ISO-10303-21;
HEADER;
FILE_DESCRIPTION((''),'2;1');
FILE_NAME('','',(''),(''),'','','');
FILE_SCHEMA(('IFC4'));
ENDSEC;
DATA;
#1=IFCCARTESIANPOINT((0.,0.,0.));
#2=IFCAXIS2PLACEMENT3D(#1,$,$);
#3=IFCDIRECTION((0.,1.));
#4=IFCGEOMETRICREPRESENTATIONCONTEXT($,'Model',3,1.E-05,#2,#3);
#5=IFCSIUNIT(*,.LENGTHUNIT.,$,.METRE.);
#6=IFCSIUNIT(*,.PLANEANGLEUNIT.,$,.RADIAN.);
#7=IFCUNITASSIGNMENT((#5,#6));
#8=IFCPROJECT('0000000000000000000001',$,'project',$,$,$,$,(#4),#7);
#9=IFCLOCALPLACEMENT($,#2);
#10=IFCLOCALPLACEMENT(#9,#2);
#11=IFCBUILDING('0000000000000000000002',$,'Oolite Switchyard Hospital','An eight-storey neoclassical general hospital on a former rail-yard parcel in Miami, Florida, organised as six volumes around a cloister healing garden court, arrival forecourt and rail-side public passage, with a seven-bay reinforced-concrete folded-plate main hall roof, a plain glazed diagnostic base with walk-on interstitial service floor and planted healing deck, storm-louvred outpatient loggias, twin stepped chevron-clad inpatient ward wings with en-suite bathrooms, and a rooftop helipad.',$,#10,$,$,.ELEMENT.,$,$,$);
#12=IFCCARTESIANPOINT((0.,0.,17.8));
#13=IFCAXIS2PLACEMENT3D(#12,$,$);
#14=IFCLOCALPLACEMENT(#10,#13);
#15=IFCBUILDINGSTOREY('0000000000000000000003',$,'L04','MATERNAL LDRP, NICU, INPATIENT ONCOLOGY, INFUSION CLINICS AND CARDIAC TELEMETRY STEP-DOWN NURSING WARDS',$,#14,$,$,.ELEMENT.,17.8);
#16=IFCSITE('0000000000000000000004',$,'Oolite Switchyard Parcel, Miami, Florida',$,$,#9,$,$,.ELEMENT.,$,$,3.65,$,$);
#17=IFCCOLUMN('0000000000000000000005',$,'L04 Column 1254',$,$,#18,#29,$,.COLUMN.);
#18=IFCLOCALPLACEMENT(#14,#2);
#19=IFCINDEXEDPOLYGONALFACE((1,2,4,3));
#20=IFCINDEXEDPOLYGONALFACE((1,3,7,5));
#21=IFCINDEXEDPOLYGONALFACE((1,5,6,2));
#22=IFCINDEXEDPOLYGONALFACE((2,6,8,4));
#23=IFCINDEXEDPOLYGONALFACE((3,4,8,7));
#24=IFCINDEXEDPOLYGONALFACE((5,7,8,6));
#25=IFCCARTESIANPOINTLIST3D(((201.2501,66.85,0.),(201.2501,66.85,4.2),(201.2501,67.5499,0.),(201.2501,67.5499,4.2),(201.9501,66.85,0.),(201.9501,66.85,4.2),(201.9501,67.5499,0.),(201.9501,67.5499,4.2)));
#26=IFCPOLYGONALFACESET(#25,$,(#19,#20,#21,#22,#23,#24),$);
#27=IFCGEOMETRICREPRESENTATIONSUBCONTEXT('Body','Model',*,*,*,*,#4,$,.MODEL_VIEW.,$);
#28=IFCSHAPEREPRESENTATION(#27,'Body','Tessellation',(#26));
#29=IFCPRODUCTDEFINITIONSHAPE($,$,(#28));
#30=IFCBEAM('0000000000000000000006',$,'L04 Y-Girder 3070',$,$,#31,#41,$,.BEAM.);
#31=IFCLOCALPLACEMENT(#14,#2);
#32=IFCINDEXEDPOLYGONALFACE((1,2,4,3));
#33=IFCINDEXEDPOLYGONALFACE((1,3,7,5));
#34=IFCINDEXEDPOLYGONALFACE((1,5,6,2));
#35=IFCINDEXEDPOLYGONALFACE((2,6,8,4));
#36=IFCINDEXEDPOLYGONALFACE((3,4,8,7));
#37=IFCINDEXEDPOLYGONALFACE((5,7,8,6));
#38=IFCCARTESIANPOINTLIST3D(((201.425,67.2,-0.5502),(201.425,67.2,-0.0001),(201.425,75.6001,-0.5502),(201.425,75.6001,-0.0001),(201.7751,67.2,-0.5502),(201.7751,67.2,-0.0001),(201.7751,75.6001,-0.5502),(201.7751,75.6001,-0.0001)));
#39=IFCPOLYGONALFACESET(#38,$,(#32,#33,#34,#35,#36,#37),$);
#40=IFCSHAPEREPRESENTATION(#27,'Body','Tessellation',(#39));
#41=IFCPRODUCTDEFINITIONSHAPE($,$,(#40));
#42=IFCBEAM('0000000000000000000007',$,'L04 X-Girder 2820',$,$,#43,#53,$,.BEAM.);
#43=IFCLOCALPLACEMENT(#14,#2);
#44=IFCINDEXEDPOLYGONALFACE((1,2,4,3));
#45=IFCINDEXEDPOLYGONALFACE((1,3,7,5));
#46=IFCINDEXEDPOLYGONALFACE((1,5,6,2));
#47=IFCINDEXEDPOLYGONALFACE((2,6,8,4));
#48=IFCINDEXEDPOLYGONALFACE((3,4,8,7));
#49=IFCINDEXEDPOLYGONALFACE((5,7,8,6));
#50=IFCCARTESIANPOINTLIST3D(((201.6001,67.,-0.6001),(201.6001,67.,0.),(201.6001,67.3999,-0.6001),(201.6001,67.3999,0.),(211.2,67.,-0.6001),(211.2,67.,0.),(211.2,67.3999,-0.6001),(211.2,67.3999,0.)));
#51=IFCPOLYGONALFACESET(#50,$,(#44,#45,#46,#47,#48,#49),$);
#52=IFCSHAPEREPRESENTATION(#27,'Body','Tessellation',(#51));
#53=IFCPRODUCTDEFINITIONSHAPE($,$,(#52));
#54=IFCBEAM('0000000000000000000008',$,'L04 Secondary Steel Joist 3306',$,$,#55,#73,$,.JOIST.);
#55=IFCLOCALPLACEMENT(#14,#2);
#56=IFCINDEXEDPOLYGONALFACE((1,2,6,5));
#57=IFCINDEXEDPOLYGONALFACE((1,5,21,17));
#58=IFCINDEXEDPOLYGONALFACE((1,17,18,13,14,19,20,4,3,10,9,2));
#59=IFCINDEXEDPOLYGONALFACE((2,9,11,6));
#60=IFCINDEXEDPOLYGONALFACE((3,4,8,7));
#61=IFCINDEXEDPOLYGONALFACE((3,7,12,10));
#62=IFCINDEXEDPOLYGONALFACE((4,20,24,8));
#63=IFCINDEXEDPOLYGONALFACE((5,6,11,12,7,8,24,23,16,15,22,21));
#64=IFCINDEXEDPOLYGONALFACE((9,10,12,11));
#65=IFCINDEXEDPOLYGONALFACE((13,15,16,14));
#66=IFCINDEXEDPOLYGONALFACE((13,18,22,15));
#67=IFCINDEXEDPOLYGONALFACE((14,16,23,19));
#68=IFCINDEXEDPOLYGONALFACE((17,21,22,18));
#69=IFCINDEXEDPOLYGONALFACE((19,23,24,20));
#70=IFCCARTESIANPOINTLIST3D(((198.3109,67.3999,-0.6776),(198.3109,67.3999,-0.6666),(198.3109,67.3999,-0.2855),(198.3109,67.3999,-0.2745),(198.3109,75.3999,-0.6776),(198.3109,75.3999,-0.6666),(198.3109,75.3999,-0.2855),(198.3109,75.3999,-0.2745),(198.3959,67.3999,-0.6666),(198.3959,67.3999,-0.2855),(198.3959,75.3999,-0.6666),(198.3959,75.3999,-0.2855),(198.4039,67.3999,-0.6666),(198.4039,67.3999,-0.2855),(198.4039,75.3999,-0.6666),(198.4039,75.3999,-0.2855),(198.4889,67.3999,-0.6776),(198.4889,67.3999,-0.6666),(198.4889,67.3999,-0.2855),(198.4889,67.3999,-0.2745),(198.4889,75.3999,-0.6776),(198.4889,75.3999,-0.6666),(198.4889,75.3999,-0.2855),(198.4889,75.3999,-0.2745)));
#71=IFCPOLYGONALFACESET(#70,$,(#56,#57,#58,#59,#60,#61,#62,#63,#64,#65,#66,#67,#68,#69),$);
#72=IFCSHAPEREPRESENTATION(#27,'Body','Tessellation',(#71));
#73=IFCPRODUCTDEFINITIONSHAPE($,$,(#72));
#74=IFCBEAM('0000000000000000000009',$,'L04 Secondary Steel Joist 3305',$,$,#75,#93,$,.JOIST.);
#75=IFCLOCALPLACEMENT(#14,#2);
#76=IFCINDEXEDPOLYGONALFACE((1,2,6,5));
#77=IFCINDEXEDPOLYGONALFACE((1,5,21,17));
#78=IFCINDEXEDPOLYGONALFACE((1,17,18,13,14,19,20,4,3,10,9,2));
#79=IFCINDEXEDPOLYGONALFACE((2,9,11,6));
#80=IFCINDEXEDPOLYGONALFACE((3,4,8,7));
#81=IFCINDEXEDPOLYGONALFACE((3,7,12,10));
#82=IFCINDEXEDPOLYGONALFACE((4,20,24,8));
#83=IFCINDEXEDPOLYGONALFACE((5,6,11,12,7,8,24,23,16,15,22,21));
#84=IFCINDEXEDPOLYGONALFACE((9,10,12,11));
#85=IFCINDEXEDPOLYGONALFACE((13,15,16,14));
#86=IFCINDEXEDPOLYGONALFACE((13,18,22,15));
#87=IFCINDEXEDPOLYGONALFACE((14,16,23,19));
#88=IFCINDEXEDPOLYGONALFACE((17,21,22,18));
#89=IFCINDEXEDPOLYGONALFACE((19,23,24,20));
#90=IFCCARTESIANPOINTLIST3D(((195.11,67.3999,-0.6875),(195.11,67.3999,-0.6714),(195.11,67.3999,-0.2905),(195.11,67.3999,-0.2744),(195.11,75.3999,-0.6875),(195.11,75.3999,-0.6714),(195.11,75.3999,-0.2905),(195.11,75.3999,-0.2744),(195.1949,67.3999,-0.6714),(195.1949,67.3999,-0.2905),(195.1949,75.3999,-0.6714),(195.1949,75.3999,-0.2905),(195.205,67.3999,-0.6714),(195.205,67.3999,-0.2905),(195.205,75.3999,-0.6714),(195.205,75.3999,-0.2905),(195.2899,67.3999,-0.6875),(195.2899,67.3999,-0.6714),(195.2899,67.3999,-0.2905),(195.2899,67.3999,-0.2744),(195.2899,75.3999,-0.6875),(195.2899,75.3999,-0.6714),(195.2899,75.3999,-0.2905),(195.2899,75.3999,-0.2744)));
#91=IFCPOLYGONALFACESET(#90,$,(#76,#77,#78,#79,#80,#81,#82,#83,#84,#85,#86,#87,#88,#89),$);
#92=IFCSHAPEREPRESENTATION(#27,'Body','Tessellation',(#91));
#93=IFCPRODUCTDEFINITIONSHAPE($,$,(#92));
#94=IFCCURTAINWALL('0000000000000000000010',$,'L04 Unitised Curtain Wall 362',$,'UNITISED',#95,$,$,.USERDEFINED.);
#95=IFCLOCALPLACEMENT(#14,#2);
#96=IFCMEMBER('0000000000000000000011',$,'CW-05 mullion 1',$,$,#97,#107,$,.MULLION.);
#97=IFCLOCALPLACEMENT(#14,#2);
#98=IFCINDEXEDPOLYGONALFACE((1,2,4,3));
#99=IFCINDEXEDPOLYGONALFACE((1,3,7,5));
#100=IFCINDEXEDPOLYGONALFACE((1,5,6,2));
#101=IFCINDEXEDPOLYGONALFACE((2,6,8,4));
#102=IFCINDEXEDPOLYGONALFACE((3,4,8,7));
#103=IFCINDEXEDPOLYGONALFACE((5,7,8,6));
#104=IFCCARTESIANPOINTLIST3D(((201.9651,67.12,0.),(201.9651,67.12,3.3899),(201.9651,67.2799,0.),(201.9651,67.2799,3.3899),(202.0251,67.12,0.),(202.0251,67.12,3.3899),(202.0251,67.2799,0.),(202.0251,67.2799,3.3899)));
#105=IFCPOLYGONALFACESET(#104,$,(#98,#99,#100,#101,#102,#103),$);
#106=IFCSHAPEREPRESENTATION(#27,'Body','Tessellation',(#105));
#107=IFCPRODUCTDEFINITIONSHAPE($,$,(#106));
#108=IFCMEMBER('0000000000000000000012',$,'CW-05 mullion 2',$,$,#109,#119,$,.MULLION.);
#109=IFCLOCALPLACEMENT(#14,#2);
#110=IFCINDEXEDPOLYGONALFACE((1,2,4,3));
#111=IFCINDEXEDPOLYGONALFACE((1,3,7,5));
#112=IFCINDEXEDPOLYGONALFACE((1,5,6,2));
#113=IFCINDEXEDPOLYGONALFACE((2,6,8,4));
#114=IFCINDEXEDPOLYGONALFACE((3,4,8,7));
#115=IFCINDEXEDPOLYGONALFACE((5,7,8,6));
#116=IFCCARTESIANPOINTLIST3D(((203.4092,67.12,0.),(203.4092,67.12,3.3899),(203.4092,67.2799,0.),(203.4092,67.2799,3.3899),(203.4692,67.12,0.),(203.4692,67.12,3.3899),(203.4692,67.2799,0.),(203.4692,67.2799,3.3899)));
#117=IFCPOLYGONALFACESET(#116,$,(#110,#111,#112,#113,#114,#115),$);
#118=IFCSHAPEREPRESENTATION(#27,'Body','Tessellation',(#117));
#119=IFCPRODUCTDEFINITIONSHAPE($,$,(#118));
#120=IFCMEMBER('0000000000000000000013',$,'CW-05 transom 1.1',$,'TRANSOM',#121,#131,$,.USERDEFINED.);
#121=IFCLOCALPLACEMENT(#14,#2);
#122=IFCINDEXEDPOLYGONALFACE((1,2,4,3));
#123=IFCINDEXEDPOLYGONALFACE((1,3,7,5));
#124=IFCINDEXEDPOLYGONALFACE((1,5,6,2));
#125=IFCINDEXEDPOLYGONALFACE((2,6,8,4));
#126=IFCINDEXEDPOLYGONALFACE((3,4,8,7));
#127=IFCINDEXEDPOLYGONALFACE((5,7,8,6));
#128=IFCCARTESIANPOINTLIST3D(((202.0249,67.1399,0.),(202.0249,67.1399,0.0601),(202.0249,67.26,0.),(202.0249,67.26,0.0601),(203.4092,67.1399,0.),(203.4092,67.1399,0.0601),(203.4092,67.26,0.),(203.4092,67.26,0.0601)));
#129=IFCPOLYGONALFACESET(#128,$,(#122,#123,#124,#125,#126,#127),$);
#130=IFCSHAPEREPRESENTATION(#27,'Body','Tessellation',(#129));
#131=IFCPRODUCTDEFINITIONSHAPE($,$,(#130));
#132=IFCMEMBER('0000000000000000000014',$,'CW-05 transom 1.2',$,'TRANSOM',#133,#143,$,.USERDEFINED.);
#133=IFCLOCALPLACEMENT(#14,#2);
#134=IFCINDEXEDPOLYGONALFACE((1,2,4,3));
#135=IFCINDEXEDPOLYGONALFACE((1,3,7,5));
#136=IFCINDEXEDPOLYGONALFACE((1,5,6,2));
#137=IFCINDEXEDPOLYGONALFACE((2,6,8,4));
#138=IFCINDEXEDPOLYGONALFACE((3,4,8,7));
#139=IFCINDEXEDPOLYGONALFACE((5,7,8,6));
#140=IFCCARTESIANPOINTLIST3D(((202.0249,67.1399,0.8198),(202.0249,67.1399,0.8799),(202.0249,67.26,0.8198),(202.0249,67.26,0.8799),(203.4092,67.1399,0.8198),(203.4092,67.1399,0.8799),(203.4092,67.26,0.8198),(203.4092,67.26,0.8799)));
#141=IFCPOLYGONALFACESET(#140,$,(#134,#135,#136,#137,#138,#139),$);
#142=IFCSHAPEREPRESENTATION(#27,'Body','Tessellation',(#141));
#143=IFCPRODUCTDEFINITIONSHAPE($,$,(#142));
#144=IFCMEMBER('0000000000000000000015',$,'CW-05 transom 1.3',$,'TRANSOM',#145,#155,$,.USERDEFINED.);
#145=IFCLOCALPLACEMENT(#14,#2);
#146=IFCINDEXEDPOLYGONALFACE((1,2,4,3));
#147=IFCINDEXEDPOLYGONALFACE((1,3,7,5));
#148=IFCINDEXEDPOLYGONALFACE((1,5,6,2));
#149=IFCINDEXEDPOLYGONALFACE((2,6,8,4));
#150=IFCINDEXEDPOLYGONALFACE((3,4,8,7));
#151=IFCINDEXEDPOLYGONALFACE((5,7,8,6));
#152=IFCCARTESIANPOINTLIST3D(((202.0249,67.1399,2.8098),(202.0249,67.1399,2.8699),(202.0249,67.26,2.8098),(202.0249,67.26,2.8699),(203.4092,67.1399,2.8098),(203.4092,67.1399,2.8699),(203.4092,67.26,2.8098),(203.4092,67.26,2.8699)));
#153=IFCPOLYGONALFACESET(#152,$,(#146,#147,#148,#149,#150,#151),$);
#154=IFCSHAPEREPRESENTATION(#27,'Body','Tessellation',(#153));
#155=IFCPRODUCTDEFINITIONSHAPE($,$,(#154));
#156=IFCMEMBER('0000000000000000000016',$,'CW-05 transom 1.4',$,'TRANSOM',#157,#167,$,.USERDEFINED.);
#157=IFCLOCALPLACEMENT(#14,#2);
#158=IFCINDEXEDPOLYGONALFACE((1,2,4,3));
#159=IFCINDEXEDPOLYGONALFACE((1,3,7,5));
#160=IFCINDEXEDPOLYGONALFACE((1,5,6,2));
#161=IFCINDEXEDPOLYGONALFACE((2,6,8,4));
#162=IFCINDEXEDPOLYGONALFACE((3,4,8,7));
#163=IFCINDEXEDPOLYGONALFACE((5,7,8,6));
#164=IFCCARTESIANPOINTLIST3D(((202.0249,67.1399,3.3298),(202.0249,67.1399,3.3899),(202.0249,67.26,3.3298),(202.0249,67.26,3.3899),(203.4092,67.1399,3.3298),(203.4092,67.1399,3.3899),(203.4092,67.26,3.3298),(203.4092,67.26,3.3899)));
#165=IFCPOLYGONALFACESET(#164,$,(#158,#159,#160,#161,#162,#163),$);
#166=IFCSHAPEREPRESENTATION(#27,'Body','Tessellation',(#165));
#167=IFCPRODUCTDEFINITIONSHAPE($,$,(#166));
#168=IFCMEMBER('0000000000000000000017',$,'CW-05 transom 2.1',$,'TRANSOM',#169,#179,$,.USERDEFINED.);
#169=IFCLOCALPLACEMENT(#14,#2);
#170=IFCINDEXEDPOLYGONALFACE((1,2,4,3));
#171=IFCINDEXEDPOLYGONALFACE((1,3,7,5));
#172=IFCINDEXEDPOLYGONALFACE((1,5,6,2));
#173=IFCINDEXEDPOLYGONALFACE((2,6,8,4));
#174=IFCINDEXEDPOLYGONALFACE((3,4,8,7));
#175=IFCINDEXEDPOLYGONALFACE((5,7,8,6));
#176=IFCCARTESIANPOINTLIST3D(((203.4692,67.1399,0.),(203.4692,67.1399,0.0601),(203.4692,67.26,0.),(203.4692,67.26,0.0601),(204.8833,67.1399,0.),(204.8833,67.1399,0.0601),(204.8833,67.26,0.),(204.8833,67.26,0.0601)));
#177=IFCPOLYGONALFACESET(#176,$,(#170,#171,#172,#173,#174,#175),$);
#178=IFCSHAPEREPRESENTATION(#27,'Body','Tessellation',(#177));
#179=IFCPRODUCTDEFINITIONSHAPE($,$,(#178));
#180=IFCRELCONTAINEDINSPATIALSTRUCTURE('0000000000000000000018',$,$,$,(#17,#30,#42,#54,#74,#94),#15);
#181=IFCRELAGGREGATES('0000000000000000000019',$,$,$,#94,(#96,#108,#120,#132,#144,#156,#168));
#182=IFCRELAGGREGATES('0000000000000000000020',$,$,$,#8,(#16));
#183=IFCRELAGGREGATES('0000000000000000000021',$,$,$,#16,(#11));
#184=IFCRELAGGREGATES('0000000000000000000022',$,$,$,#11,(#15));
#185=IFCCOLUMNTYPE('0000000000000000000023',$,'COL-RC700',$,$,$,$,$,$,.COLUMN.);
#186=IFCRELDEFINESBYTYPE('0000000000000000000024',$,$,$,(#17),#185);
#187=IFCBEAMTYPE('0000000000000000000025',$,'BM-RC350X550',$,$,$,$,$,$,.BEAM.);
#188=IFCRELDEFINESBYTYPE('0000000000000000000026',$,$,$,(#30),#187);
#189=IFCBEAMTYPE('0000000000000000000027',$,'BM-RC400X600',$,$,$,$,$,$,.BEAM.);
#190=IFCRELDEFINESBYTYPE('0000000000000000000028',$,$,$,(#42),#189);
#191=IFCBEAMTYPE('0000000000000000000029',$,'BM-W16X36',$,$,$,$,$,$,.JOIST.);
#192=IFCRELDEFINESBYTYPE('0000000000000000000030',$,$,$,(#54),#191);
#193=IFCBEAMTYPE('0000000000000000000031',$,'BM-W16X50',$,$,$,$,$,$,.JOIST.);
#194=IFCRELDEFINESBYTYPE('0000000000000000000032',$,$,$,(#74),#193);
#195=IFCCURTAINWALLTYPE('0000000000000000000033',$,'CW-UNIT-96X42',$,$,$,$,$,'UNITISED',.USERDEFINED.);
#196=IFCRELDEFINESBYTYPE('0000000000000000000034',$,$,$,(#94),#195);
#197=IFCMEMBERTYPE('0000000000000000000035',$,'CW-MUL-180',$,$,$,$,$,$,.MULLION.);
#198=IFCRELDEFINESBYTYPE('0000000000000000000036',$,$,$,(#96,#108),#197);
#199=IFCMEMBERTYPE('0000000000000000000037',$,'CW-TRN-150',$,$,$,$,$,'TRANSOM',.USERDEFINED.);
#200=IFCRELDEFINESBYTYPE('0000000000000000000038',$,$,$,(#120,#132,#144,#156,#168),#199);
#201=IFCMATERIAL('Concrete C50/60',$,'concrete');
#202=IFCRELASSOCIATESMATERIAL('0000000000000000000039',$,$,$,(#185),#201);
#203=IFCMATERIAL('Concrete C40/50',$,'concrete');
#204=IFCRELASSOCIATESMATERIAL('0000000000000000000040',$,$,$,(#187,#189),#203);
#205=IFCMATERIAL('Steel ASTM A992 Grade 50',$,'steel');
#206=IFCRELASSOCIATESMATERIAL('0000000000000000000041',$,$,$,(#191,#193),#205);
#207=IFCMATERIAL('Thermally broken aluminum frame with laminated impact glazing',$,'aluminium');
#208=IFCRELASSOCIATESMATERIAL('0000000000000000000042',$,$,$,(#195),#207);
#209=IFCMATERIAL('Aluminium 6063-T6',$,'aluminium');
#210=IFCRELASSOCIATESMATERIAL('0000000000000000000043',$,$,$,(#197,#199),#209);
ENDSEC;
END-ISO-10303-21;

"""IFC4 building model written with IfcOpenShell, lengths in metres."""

from ifc_helpers import new_model, si_unit, direction, frame, origin, origin_2d, place, context, subcontext, project, spatial, rectangle, i_section, extrude, material, material_profile, profile_set, type_object, element, aggregate, save


model = new_model("IFC4")

# Units and contexts
model_context = context("Model", 3, precision=1e-05, world=origin(), true_north=direction((0.0, 1.0)))
body_context = subcontext(model_context, "Body", "Model", "MODEL_VIEW")
ifc_project = project(units=[si_unit("LENGTHUNIT", "METRE"), si_unit("PLANEANGLEUNIT", "RADIAN")], contexts=[model_context])

# Site, building, storey
site_placement = place(None, origin())
site = spatial("IfcSite", under=ifc_project, at=site_placement, Name="Oolite Switchyard Parcel, Miami, Florida", CompositionType="ELEMENT", RefElevation=3.65)
building_placement = place(site_placement, origin())
building = spatial("IfcBuilding", under=site, at=building_placement, Name="Oolite Switchyard Hospital", Description="An eight-storey neoclassical general hospital on a former rail-yard parcel in Miami, Florida, organised as six volumes around a cloister healing garden court, arrival forecourt and rail-side public passage, with a seven-bay reinforced-concrete folded-plate main hall roof, a plain glazed diagnostic base with walk-on interstitial service floor and planted healing deck, storm-louvred outpatient loggias, twin stepped chevron-clad inpatient ward wings with en-suite bathrooms, and a rooftop helipad.", CompositionType="ELEMENT")
storey_placement = place(building_placement, frame((0.0, 0.0, 17.8)))
storey = spatial("IfcBuildingStorey", under=building, at=storey_placement, Name="L04", Description="MATERNAL LDRP, NICU, INPATIENT ONCOLOGY, INFUSION CLINICS AND CARDIAC TELEMETRY STEP-DOWN NURSING WARDS", CompositionType="ELEMENT", Elevation=17.8)

# Column
ifc_material_1 = material(Name="Concrete C50/60", Category="concrete")
ifc_material_profile_1 = material_profile(ifc_material_1, rectangle(XDim=0.7, YDim=0.7, at=origin_2d()), Name="RC700X700")
ifc_profile_set_1 = profile_set([ifc_material_profile_1], Name="Concrete C50/60")
column_type = type_object("IfcColumnType", Name="COL-RC700", PredefinedType="COLUMN", material=ifc_profile_set_1)
column_placement = place(storey_placement, frame((201.6001, 67.2, 0.0), z_axis=(0.0, 0.0, 1.0), x_axis=(1.0, 0.0, 0.0)))
element("IfcColumn", 1, at=column_placement, inside=storey, type_object=column_type, Name="L04 Column 1254", PredefinedType="COLUMN", context=body_context, shape_type="SweptSolid", body=[
    extrude(rectangle(XDim=0.7, YDim=0.7, at=origin_2d()), origin(), (0.0, 0.0, 1.0), 4.2),
])

# Beams
ifc_material_2 = material(Name="Concrete C40/50", Category="concrete")
ifc_material_profile_2 = material_profile(ifc_material_2, rectangle(XDim=0.3501, YDim=0.55, at=origin_2d()), Name="RCB350X550")
ifc_profile_set_2 = profile_set([ifc_material_profile_2], Name="Concrete C40/50")
beam_type_1 = type_object("IfcBeamType", Name="BM-RC350X550", PredefinedType="BEAM", material=ifc_profile_set_2)
beam_1_placement = place(storey_placement, frame((201.6001, 67.2, -0.2751), z_axis=(0.0, 1.0, 0.0), x_axis=(-1.0, 0.0, 0.0)))
element("IfcBeam", 2, at=beam_1_placement, inside=storey, type_object=beam_type_1, Name="L04 Y-Girder 3070", PredefinedType="BEAM", context=body_context, shape_type="SweptSolid", body=[
    extrude(rectangle(XDim=0.3501, YDim=0.55, at=origin_2d()), origin(), (0.0, 0.0, 1.0), 8.4001),
])
ifc_material_profile_3 = material_profile(ifc_material_2, rectangle(XDim=0.3999, YDim=0.6001, at=origin_2d()), Name="RCB400X600")
ifc_profile_set_3 = profile_set([ifc_material_profile_3], Name="Concrete C40/50")
beam_type_2 = type_object("IfcBeamType", Name="BM-RC400X600", PredefinedType="BEAM", material=ifc_profile_set_3)
beam_2_placement = place(storey_placement, frame((201.6001, 67.2, -0.3), z_axis=(1.0, 0.0, 0.0), x_axis=(0.0, 1.0, 0.0)))
element("IfcBeam", 3, at=beam_2_placement, inside=storey, type_object=beam_type_2, Name="L04 X-Girder 2820", PredefinedType="BEAM", context=body_context, shape_type="SweptSolid", body=[
    extrude(rectangle(XDim=0.3999, YDim=0.6001, at=origin_2d()), origin(), (0.0, 0.0, 1.0), 9.5999),
])
ifc_material_3 = material(Name="Steel ASTM A992 Grade 50", Category="steel")
ifc_material_profile_4 = material_profile(ifc_material_3, i_section(OverallWidth=0.178, OverallDepth=0.4031, WebThickness=0.0081, FlangeThickness=0.011, at=origin_2d()), Name="W16X36")
ifc_profile_set_4 = profile_set([ifc_material_profile_4], Name="Steel ASTM A992 Grade 50")
beam_type_3 = type_object("IfcBeamType", Name="BM-W16X36", PredefinedType="JOIST", material=ifc_profile_set_4)
beam_3_placement = place(storey_placement, frame((198.3999, 67.3999, -0.4761), z_axis=(0.0, 1.0, 0.0), x_axis=(-1.0, 0.0, 0.0)))
element("IfcBeam", 4, at=beam_3_placement, inside=storey, type_object=beam_type_3, Name="L04 Secondary Steel Joist 3306", PredefinedType="JOIST", context=body_context, shape_type="SweptSolid", body=[
    extrude(i_section(OverallWidth=0.178, OverallDepth=0.4031, WebThickness=0.0081, FlangeThickness=0.011, at=origin_2d()), origin(), (0.0, 0.0, 1.0), 8.0),
])
ifc_material_profile_5 = material_profile(ifc_material_3, i_section(OverallWidth=0.1799, OverallDepth=0.4131, WebThickness=0.01, FlangeThickness=0.0161, at=origin_2d()), Name="W16X50")
ifc_profile_set_5 = profile_set([ifc_material_profile_5], Name="Steel ASTM A992 Grade 50")
beam_type_4 = type_object("IfcBeamType", Name="BM-W16X50", PredefinedType="JOIST", material=ifc_profile_set_5)
beam_4_placement = place(storey_placement, frame((195.2, 67.3999, -0.481), z_axis=(0.0, 1.0, 0.0), x_axis=(-1.0, 0.0, 0.0)))
element("IfcBeam", 5, at=beam_4_placement, inside=storey, type_object=beam_type_4, Name="L04 Secondary Steel Joist 3305", PredefinedType="JOIST", context=body_context, shape_type="SweptSolid", body=[
    extrude(i_section(OverallWidth=0.1799, OverallDepth=0.4131, WebThickness=0.01, FlangeThickness=0.0161, at=origin_2d()), origin(), (0.0, 0.0, 1.0), 8.0),
])

# Curtain wall, members
ifc_material_4 = material(Name="Thermally broken aluminum frame with laminated impact glazing", Category="aluminium")
curtain_wall_type = type_object("IfcCurtainWallType", Name="CW-UNIT-96X42", ElementType="UNITISED", PredefinedType="USERDEFINED", material=ifc_material_4)
curtain_wall_placement = place(storey_placement, origin())
curtain_wall = element("IfcCurtainWall", 6, at=curtain_wall_placement, inside=storey, type_object=curtain_wall_type, Name="L04 Unitised Curtain Wall 362", ObjectType="UNITISED", PredefinedType="USERDEFINED")
ifc_material_5 = material(Name="Aluminium 6063-T6", Category="aluminium")
ifc_material_profile_6 = material_profile(ifc_material_5, rectangle(XDim=0.1599, YDim=0.0601, at=origin_2d()), Name="CWM60X160")
ifc_profile_set_6 = profile_set([ifc_material_profile_6], Name="Aluminium 6063-T6")
member_type_1 = type_object("IfcMemberType", Name="CW-MUL-180", PredefinedType="MULLION", material=ifc_profile_set_6)
member_1_placement = place(storey_placement, frame((201.9951, 67.2, 0.0), z_axis=(0.0, 0.0, 1.0), x_axis=(0.0, 1.0, 0.0)))
member_1 = element("IfcMember", 7, at=member_1_placement, type_object=member_type_1, Name="CW-05 mullion 1", PredefinedType="MULLION", context=body_context, shape_type="SweptSolid", body=[
    extrude(rectangle(XDim=0.1599, YDim=0.0601, at=origin_2d()), origin(), (0.0, 0.0, 1.0), 3.3899),
])
member_2_placement = place(storey_placement, frame((203.4392, 67.2, 0.0), z_axis=(0.0, 0.0, 1.0), x_axis=(0.0, 1.0, 0.0)))
member_2 = element("IfcMember", 8, at=member_2_placement, type_object=member_type_1, Name="CW-05 mullion 2", PredefinedType="MULLION", context=body_context, shape_type="SweptSolid", body=[
    extrude(rectangle(XDim=0.1599, YDim=0.0601, at=origin_2d()), origin(), (0.0, 0.0, 1.0), 3.3899),
])
ifc_material_profile_7 = material_profile(ifc_material_5, rectangle(XDim=0.1201, YDim=0.0601, at=origin_2d()), Name="CWT60X120")
ifc_profile_set_7 = profile_set([ifc_material_profile_7], Name="Aluminium 6063-T6")
member_type_2 = type_object("IfcMemberType", Name="CW-TRN-150", ElementType="TRANSOM", PredefinedType="USERDEFINED", material=ifc_profile_set_7)
member_3_placement = place(storey_placement, frame((202.0249, 67.2, 0.03), z_axis=(1.0, 0.0, 0.0), x_axis=(0.0, 1.0, 0.0)))
member_3 = element("IfcMember", 9, at=member_3_placement, type_object=member_type_2, Name="CW-05 transom 1.1", ObjectType="TRANSOM", PredefinedType="USERDEFINED", context=body_context, shape_type="SweptSolid", body=[
    extrude(rectangle(XDim=0.1201, YDim=0.0601, at=origin_2d()), origin(), (0.0, 0.0, 1.0), 1.3843),
])
member_4_placement = place(storey_placement, frame((202.0249, 67.2, 0.8499), z_axis=(1.0, 0.0, 0.0), x_axis=(0.0, 1.0, 0.0)))
member_4 = element("IfcMember", 10, at=member_4_placement, type_object=member_type_2, Name="CW-05 transom 1.2", ObjectType="TRANSOM", PredefinedType="USERDEFINED", context=body_context, shape_type="SweptSolid", body=[
    extrude(rectangle(XDim=0.1201, YDim=0.0601, at=origin_2d()), origin(), (0.0, 0.0, 1.0), 1.3843),
])
member_5_placement = place(storey_placement, frame((202.0249, 67.2, 2.8398), z_axis=(1.0, 0.0, 0.0), x_axis=(0.0, 1.0, 0.0)))
member_5 = element("IfcMember", 11, at=member_5_placement, type_object=member_type_2, Name="CW-05 transom 1.3", ObjectType="TRANSOM", PredefinedType="USERDEFINED", context=body_context, shape_type="SweptSolid", body=[
    extrude(rectangle(XDim=0.1201, YDim=0.0601, at=origin_2d()), origin(), (0.0, 0.0, 1.0), 1.3843),
])
member_6_placement = place(storey_placement, frame((202.0249, 67.2, 3.3599), z_axis=(1.0, 0.0, 0.0), x_axis=(0.0, 1.0, 0.0)))
member_6 = element("IfcMember", 12, at=member_6_placement, type_object=member_type_2, Name="CW-05 transom 1.4", ObjectType="TRANSOM", PredefinedType="USERDEFINED", context=body_context, shape_type="SweptSolid", body=[
    extrude(rectangle(XDim=0.1201, YDim=0.0601, at=origin_2d()), origin(), (0.0, 0.0, 1.0), 1.3843),
])
member_7_placement = place(storey_placement, frame((203.4692, 67.2, 0.03), z_axis=(1.0, 0.0, 0.0), x_axis=(0.0, 1.0, 0.0)))
member_7 = element("IfcMember", 13, at=member_7_placement, type_object=member_type_2, Name="CW-05 transom 2.1", ObjectType="TRANSOM", PredefinedType="USERDEFINED", context=body_context, shape_type="SweptSolid", body=[
    extrude(rectangle(XDim=0.1201, YDim=0.0601, at=origin_2d()), origin(), (0.0, 0.0, 1.0), 1.4141),
])
aggregate(curtain_wall, [member_1, member_2, member_3, member_4, member_5, member_6, member_7])

save(model, "model.ifc")
